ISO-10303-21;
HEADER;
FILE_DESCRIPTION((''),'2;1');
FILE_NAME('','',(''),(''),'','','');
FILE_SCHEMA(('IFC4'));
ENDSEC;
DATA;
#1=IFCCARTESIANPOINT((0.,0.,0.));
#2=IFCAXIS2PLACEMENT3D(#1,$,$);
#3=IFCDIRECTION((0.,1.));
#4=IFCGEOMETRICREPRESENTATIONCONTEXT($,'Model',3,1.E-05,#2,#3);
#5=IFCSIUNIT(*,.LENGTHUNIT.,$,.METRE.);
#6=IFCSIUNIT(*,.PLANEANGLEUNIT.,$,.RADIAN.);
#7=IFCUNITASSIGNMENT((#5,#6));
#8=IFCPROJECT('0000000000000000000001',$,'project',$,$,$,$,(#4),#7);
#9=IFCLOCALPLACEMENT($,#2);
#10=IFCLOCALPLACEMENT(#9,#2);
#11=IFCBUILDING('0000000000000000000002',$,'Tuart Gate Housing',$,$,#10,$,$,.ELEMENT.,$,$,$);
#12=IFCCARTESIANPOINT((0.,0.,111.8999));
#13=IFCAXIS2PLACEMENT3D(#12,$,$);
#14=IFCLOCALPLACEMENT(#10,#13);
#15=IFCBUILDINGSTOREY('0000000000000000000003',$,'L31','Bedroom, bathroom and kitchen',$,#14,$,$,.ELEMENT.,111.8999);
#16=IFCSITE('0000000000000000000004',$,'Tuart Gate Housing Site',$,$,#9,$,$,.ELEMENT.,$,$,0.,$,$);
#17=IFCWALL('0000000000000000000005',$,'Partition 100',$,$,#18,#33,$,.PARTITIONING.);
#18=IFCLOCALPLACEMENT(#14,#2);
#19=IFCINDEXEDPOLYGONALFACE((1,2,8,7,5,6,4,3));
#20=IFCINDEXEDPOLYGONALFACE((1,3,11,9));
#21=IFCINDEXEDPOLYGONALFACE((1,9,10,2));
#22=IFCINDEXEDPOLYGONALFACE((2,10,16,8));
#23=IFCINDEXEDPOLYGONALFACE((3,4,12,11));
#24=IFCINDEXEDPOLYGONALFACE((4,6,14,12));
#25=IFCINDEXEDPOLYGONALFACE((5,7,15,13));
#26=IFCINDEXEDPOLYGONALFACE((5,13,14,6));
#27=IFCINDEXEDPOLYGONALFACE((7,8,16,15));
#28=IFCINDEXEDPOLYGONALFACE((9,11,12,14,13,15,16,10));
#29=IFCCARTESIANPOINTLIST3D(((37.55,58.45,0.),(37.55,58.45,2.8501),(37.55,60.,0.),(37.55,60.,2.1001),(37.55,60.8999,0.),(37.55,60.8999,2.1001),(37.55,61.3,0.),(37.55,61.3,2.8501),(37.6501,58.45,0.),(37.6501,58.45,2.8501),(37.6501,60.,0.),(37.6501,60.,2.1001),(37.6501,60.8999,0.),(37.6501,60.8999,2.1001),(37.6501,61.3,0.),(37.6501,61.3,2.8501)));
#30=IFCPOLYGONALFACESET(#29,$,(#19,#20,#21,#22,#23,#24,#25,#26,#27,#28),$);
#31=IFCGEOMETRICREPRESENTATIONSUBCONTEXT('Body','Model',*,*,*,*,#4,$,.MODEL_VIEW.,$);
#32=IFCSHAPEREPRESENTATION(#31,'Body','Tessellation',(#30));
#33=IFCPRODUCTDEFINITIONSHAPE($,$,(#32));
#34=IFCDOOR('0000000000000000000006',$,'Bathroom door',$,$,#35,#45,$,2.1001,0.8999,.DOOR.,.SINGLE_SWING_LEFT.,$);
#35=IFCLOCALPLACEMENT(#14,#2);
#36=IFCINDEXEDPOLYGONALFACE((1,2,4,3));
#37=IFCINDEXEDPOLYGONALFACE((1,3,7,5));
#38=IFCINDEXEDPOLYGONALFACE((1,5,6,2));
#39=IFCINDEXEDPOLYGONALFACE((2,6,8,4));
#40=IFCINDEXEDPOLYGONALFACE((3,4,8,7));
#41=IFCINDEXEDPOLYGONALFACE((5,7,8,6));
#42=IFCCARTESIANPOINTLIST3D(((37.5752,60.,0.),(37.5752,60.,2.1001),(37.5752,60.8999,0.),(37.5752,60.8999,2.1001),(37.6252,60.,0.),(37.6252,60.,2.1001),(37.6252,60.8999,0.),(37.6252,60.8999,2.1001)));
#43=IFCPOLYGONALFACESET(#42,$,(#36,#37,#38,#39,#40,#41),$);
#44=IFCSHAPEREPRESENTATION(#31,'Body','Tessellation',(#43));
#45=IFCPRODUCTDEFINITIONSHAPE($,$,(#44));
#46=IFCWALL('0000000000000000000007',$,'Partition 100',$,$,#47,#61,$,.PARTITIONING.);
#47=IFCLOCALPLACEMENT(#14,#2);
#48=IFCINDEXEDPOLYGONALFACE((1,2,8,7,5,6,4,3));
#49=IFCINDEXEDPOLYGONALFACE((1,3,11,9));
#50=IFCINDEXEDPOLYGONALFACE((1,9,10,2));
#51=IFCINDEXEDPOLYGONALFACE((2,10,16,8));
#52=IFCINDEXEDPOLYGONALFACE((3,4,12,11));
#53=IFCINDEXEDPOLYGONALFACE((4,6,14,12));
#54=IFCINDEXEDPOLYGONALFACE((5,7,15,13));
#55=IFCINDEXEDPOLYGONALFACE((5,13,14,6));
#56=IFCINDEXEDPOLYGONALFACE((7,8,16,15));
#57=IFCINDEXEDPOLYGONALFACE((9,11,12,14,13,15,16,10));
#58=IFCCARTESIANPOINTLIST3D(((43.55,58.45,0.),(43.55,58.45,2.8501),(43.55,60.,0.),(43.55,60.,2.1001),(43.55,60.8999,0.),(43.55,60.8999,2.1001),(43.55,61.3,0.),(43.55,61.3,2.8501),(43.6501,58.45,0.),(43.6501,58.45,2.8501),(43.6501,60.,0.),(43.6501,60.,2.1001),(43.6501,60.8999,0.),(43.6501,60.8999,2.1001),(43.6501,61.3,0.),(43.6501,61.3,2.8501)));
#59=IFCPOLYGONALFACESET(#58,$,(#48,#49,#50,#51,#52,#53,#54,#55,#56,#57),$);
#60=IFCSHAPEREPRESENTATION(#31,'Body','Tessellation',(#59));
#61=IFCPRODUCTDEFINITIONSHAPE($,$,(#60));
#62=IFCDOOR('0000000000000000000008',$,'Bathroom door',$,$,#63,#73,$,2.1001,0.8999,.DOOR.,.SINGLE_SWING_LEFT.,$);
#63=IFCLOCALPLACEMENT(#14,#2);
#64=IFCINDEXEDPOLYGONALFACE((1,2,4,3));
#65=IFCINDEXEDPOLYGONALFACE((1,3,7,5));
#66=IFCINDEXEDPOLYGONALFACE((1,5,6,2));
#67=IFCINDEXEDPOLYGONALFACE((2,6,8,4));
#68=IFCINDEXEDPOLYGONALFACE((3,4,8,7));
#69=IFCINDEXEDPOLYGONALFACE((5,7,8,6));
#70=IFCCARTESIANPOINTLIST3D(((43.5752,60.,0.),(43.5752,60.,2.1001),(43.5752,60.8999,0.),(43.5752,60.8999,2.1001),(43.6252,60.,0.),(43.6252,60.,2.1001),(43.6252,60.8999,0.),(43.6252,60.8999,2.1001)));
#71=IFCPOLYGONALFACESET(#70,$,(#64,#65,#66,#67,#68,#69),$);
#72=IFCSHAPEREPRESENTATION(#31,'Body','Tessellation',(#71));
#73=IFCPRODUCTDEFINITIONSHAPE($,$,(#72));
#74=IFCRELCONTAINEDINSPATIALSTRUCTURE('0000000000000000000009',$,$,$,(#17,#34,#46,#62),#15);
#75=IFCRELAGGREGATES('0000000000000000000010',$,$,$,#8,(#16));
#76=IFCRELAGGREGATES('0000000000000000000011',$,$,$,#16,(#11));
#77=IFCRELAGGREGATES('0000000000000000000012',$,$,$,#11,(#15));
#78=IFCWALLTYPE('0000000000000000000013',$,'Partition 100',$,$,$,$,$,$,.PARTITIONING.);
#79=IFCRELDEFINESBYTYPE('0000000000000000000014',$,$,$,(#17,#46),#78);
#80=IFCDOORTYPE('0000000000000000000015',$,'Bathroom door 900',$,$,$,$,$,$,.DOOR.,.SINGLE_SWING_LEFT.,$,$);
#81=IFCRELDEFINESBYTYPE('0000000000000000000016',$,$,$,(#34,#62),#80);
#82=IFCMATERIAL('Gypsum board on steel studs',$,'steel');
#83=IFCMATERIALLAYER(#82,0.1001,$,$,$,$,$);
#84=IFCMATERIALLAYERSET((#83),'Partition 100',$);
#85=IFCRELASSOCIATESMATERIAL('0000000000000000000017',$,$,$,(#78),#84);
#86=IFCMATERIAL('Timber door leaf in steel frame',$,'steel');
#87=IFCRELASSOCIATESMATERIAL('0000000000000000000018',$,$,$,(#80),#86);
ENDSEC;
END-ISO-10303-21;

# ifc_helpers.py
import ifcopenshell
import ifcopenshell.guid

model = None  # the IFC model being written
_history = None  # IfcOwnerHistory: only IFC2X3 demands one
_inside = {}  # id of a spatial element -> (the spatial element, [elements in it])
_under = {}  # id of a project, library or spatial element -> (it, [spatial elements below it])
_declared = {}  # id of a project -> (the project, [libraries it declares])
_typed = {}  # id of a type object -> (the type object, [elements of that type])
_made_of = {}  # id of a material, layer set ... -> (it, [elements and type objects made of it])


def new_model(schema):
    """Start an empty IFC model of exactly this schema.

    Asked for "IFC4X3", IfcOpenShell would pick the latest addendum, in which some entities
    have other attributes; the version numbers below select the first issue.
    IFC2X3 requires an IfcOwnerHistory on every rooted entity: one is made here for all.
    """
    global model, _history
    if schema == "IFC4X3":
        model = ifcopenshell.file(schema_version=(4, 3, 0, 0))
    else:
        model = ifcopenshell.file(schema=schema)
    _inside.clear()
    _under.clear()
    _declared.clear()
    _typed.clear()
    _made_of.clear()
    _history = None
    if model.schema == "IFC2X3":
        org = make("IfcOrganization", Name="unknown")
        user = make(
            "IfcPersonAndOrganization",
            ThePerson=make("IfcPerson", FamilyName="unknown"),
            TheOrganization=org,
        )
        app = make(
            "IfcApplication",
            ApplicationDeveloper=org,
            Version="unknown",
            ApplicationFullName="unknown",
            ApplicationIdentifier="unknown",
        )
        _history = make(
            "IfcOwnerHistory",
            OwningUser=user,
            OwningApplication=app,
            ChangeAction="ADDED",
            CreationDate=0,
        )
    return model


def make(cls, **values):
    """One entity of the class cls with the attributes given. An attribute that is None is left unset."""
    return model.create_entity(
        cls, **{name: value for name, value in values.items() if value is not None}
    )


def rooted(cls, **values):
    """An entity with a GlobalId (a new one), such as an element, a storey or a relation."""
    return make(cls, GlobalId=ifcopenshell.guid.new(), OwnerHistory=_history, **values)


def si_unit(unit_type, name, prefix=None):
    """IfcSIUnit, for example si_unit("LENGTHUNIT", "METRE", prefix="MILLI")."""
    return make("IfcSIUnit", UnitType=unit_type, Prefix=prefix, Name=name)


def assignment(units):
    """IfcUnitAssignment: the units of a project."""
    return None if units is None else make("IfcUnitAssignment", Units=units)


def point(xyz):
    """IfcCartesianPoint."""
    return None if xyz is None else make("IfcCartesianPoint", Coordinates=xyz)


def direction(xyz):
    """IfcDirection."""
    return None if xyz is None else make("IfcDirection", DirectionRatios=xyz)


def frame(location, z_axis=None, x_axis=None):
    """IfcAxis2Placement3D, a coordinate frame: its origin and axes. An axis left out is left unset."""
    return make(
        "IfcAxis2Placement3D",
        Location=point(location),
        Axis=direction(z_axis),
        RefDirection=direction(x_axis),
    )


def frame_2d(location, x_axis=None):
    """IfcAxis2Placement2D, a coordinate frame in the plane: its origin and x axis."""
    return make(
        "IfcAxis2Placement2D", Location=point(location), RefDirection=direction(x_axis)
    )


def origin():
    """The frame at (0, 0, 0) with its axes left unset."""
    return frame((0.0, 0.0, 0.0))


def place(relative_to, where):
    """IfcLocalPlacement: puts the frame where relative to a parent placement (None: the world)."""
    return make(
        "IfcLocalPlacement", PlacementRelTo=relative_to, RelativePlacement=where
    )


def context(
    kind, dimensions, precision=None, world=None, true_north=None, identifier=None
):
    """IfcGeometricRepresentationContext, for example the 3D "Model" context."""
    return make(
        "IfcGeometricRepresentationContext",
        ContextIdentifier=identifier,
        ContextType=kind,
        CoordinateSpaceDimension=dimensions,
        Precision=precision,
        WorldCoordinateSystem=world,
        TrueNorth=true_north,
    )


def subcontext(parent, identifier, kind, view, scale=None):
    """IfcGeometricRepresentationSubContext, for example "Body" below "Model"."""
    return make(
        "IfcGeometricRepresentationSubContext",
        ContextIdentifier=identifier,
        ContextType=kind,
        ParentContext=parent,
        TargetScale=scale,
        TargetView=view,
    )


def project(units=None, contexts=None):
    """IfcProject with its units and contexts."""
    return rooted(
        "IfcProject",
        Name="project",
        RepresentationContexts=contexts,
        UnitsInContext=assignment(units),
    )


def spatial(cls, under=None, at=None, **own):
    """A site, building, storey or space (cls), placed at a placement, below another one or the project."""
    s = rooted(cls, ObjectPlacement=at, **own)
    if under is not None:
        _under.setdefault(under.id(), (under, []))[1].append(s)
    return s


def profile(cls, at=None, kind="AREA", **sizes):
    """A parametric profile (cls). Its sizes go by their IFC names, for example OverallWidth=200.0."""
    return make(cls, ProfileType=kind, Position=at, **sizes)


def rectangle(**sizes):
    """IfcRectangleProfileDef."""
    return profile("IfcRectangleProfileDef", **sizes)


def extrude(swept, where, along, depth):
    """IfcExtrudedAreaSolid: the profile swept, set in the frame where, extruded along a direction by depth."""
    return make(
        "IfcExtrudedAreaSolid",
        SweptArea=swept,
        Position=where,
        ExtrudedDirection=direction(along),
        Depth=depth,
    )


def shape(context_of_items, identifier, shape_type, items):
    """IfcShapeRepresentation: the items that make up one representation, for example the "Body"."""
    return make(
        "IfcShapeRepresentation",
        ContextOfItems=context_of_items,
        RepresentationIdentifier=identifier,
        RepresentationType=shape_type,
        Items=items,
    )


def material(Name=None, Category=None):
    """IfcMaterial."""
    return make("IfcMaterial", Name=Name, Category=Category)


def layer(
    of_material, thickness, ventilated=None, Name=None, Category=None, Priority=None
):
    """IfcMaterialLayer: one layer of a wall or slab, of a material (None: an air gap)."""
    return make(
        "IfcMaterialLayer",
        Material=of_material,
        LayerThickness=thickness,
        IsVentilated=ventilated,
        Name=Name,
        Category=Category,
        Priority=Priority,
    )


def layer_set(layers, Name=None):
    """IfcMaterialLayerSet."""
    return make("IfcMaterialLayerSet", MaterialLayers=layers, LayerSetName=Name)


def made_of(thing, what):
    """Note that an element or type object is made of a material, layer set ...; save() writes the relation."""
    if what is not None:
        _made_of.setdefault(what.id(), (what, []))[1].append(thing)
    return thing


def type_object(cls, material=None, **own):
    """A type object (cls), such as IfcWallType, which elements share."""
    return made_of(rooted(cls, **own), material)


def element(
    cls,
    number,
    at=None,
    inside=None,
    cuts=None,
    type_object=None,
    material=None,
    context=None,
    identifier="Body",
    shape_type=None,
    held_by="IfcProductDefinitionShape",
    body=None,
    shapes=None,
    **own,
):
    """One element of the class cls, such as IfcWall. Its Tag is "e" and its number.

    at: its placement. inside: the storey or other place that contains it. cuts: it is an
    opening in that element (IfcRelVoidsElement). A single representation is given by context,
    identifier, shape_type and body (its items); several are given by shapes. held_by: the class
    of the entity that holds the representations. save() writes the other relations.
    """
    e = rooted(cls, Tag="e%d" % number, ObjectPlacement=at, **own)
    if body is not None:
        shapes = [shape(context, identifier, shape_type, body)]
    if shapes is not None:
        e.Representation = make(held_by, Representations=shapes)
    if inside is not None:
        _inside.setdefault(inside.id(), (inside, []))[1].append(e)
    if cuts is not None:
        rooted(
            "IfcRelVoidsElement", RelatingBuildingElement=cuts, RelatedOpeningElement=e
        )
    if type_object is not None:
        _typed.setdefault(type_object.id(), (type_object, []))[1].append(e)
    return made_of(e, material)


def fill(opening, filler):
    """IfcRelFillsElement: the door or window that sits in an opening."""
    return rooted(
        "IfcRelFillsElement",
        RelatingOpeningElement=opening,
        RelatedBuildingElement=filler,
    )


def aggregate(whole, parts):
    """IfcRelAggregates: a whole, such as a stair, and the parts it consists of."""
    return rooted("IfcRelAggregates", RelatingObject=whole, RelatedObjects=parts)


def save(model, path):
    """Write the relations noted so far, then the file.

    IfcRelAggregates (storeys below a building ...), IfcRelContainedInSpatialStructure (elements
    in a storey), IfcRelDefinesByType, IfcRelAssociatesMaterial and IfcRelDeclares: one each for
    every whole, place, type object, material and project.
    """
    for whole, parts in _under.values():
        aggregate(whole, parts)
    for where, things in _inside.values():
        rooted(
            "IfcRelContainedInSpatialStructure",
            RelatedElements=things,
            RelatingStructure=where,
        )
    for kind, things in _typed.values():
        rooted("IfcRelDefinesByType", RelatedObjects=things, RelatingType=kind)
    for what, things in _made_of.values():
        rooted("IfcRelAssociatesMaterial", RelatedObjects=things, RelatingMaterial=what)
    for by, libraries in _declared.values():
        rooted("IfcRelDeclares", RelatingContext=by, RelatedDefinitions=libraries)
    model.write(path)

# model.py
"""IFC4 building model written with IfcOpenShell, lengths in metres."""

from ifc_helpers import new_model, si_unit, direction, frame, frame_2d, origin, place, context, subcontext, project, spatial, rectangle, extrude, material, layer, layer_set, type_object, element, fill, save


model = new_model("IFC4")

# Units and contexts
model_context = context("Model", 3, precision=1e-05, world=origin(), true_north=direction((0.0, 1.0)))
body_context = subcontext(model_context, "Body", "Model", "MODEL_VIEW")
ifc_project = project(units=[si_unit("LENGTHUNIT", "METRE"), si_unit("PLANEANGLEUNIT", "RADIAN")], contexts=[model_context])

# Site, building, storey
site_placement = place(None, origin())
site = spatial("IfcSite", under=ifc_project, at=site_placement, Name="Tuart Gate Housing Site", CompositionType="ELEMENT", RefElevation=0.0)
building_placement = place(site_placement, origin())
building = spatial("IfcBuilding", under=site, at=building_placement, Name="Tuart Gate Housing", CompositionType="ELEMENT")
storey_placement = place(building_placement, frame((0.0, 0.0, 111.8999)))
storey = spatial("IfcBuildingStorey", under=building, at=storey_placement, Name="L31", Description="Bedroom, bathroom and kitchen", CompositionType="ELEMENT", Elevation=111.8999)

# Shared definitions
ifc_material_1 = material(Name="Gypsum board on steel studs", Category="steel")
ifc_layer_1 = layer(ifc_material_1, 0.1001)
ifc_layer_set_1 = layer_set([ifc_layer_1], Name="Partition 100")
wall_type_1 = type_object("IfcWallType", Name="Partition 100", PredefinedType="PARTITIONING", material=ifc_layer_set_1)

# Walls, openings, doors
ifc_material_2 = material(Name="Timber door leaf in steel frame", Category="steel")
door_type_1 = type_object("IfcDoorType", Name="Bathroom door 900", OperationType="SINGLE_SWING_LEFT", PredefinedType="DOOR", material=ifc_material_2)
wall_1_placement = place(storey_placement, frame((37.6001, 58.45, 0.0), z_axis=(0.0, 0.0, 1.0), x_axis=(0.0, 1.0, 0.0)))
wall_1 = element("IfcWall", 1, at=wall_1_placement, inside=storey, type_object=wall_type_1, Name="Partition 100", PredefinedType="PARTITIONING", context=body_context, shape_type="SweptSolid", body=[
    extrude(rectangle(XDim=2.8501, YDim=0.1001, at=frame_2d((1.425, 0.0))), origin(), (0.0, 0.0, 1.0), 2.8501),
])
opening_1_placement = place(wall_1_placement, frame((1.55, 0.0, 0.0)))
opening_1 = element("IfcOpeningElement", 2, at=opening_1_placement, cuts=wall_1, PredefinedType="OPENING", context=body_context, shape_type="SweptSolid", body=[
    extrude(rectangle(XDim=0.8999, YDim=2.1001, at=frame_2d((0.45, 1.05))), frame((0.0, 0.0601, 0.0), z_axis=(0.0, -1.0, 0.0), x_axis=(1.0, 0.0, 0.0)), (0.0, 0.0, 1.0), 0.1201),
])
door_1_placement = place(opening_1_placement, frame((0.8999, 0.0, 0.0), z_axis=(0.0, 0.0, 1.0), x_axis=(-1.0, 0.0, 0.0)))
door_1 = element("IfcDoor", 3, at=door_1_placement, inside=storey, type_object=door_type_1, Name="Bathroom door", OperationType="SINGLE_SWING_LEFT", OverallHeight=2.1001, OverallWidth=0.8999, PredefinedType="DOOR", context=body_context, shape_type="SweptSolid", body=[
    extrude(rectangle(XDim=0.8999, YDim=2.1001, at=frame_2d((0.45, 1.05))), frame((0.0, 0.0251, 0.0), z_axis=(0.0, -1.0, 0.0), x_axis=(1.0, 0.0, 0.0)), (0.0, 0.0, 1.0), 0.05),
])
fill(opening_1, door_1)
wall_2_placement = place(storey_placement, frame((43.6001, 58.45, 0.0), z_axis=(0.0, 0.0, 1.0), x_axis=(0.0, 1.0, 0.0)))
wall_2 = element("IfcWall", 4, at=wall_2_placement, inside=storey, type_object=wall_type_1, Name="Partition 100", PredefinedType="PARTITIONING", context=body_context, shape_type="SweptSolid", body=[
    extrude(rectangle(XDim=2.8501, YDim=0.1001, at=frame_2d((1.425, 0.0))), origin(), (0.0, 0.0, 1.0), 2.8501),
])
opening_2_placement = place(wall_2_placement, frame((1.55, 0.0, 0.0)))
opening_2 = element("IfcOpeningElement", 5, at=opening_2_placement, cuts=wall_2, PredefinedType="OPENING", context=body_context, shape_type="SweptSolid", body=[
    extrude(rectangle(XDim=0.8999, YDim=2.1001, at=frame_2d((0.45, 1.05))), frame((0.0, 0.0601, 0.0), z_axis=(0.0, -1.0, 0.0), x_axis=(1.0, 0.0, 0.0)), (0.0, 0.0, 1.0), 0.1201),
])
door_2_placement = place(opening_2_placement, frame((0.8999, 0.0, 0.0), z_axis=(0.0, 0.0, 1.0), x_axis=(-1.0, 0.0, 0.0)))
door_2 = element("IfcDoor", 6, at=door_2_placement, inside=storey, type_object=door_type_1, Name="Bathroom door", OperationType="SINGLE_SWING_LEFT", OverallHeight=2.1001, OverallWidth=0.8999, PredefinedType="DOOR", context=body_context, shape_type="SweptSolid", body=[
    extrude(rectangle(XDim=0.8999, YDim=2.1001, at=frame_2d((0.45, 1.05))), frame((0.0, 0.0251, 0.0), z_axis=(0.0, -1.0, 0.0), x_axis=(1.0, 0.0, 0.0)), (0.0, 0.0, 1.0), 0.05),
])
fill(opening_2, door_2)

save(model, "model.ifc")
